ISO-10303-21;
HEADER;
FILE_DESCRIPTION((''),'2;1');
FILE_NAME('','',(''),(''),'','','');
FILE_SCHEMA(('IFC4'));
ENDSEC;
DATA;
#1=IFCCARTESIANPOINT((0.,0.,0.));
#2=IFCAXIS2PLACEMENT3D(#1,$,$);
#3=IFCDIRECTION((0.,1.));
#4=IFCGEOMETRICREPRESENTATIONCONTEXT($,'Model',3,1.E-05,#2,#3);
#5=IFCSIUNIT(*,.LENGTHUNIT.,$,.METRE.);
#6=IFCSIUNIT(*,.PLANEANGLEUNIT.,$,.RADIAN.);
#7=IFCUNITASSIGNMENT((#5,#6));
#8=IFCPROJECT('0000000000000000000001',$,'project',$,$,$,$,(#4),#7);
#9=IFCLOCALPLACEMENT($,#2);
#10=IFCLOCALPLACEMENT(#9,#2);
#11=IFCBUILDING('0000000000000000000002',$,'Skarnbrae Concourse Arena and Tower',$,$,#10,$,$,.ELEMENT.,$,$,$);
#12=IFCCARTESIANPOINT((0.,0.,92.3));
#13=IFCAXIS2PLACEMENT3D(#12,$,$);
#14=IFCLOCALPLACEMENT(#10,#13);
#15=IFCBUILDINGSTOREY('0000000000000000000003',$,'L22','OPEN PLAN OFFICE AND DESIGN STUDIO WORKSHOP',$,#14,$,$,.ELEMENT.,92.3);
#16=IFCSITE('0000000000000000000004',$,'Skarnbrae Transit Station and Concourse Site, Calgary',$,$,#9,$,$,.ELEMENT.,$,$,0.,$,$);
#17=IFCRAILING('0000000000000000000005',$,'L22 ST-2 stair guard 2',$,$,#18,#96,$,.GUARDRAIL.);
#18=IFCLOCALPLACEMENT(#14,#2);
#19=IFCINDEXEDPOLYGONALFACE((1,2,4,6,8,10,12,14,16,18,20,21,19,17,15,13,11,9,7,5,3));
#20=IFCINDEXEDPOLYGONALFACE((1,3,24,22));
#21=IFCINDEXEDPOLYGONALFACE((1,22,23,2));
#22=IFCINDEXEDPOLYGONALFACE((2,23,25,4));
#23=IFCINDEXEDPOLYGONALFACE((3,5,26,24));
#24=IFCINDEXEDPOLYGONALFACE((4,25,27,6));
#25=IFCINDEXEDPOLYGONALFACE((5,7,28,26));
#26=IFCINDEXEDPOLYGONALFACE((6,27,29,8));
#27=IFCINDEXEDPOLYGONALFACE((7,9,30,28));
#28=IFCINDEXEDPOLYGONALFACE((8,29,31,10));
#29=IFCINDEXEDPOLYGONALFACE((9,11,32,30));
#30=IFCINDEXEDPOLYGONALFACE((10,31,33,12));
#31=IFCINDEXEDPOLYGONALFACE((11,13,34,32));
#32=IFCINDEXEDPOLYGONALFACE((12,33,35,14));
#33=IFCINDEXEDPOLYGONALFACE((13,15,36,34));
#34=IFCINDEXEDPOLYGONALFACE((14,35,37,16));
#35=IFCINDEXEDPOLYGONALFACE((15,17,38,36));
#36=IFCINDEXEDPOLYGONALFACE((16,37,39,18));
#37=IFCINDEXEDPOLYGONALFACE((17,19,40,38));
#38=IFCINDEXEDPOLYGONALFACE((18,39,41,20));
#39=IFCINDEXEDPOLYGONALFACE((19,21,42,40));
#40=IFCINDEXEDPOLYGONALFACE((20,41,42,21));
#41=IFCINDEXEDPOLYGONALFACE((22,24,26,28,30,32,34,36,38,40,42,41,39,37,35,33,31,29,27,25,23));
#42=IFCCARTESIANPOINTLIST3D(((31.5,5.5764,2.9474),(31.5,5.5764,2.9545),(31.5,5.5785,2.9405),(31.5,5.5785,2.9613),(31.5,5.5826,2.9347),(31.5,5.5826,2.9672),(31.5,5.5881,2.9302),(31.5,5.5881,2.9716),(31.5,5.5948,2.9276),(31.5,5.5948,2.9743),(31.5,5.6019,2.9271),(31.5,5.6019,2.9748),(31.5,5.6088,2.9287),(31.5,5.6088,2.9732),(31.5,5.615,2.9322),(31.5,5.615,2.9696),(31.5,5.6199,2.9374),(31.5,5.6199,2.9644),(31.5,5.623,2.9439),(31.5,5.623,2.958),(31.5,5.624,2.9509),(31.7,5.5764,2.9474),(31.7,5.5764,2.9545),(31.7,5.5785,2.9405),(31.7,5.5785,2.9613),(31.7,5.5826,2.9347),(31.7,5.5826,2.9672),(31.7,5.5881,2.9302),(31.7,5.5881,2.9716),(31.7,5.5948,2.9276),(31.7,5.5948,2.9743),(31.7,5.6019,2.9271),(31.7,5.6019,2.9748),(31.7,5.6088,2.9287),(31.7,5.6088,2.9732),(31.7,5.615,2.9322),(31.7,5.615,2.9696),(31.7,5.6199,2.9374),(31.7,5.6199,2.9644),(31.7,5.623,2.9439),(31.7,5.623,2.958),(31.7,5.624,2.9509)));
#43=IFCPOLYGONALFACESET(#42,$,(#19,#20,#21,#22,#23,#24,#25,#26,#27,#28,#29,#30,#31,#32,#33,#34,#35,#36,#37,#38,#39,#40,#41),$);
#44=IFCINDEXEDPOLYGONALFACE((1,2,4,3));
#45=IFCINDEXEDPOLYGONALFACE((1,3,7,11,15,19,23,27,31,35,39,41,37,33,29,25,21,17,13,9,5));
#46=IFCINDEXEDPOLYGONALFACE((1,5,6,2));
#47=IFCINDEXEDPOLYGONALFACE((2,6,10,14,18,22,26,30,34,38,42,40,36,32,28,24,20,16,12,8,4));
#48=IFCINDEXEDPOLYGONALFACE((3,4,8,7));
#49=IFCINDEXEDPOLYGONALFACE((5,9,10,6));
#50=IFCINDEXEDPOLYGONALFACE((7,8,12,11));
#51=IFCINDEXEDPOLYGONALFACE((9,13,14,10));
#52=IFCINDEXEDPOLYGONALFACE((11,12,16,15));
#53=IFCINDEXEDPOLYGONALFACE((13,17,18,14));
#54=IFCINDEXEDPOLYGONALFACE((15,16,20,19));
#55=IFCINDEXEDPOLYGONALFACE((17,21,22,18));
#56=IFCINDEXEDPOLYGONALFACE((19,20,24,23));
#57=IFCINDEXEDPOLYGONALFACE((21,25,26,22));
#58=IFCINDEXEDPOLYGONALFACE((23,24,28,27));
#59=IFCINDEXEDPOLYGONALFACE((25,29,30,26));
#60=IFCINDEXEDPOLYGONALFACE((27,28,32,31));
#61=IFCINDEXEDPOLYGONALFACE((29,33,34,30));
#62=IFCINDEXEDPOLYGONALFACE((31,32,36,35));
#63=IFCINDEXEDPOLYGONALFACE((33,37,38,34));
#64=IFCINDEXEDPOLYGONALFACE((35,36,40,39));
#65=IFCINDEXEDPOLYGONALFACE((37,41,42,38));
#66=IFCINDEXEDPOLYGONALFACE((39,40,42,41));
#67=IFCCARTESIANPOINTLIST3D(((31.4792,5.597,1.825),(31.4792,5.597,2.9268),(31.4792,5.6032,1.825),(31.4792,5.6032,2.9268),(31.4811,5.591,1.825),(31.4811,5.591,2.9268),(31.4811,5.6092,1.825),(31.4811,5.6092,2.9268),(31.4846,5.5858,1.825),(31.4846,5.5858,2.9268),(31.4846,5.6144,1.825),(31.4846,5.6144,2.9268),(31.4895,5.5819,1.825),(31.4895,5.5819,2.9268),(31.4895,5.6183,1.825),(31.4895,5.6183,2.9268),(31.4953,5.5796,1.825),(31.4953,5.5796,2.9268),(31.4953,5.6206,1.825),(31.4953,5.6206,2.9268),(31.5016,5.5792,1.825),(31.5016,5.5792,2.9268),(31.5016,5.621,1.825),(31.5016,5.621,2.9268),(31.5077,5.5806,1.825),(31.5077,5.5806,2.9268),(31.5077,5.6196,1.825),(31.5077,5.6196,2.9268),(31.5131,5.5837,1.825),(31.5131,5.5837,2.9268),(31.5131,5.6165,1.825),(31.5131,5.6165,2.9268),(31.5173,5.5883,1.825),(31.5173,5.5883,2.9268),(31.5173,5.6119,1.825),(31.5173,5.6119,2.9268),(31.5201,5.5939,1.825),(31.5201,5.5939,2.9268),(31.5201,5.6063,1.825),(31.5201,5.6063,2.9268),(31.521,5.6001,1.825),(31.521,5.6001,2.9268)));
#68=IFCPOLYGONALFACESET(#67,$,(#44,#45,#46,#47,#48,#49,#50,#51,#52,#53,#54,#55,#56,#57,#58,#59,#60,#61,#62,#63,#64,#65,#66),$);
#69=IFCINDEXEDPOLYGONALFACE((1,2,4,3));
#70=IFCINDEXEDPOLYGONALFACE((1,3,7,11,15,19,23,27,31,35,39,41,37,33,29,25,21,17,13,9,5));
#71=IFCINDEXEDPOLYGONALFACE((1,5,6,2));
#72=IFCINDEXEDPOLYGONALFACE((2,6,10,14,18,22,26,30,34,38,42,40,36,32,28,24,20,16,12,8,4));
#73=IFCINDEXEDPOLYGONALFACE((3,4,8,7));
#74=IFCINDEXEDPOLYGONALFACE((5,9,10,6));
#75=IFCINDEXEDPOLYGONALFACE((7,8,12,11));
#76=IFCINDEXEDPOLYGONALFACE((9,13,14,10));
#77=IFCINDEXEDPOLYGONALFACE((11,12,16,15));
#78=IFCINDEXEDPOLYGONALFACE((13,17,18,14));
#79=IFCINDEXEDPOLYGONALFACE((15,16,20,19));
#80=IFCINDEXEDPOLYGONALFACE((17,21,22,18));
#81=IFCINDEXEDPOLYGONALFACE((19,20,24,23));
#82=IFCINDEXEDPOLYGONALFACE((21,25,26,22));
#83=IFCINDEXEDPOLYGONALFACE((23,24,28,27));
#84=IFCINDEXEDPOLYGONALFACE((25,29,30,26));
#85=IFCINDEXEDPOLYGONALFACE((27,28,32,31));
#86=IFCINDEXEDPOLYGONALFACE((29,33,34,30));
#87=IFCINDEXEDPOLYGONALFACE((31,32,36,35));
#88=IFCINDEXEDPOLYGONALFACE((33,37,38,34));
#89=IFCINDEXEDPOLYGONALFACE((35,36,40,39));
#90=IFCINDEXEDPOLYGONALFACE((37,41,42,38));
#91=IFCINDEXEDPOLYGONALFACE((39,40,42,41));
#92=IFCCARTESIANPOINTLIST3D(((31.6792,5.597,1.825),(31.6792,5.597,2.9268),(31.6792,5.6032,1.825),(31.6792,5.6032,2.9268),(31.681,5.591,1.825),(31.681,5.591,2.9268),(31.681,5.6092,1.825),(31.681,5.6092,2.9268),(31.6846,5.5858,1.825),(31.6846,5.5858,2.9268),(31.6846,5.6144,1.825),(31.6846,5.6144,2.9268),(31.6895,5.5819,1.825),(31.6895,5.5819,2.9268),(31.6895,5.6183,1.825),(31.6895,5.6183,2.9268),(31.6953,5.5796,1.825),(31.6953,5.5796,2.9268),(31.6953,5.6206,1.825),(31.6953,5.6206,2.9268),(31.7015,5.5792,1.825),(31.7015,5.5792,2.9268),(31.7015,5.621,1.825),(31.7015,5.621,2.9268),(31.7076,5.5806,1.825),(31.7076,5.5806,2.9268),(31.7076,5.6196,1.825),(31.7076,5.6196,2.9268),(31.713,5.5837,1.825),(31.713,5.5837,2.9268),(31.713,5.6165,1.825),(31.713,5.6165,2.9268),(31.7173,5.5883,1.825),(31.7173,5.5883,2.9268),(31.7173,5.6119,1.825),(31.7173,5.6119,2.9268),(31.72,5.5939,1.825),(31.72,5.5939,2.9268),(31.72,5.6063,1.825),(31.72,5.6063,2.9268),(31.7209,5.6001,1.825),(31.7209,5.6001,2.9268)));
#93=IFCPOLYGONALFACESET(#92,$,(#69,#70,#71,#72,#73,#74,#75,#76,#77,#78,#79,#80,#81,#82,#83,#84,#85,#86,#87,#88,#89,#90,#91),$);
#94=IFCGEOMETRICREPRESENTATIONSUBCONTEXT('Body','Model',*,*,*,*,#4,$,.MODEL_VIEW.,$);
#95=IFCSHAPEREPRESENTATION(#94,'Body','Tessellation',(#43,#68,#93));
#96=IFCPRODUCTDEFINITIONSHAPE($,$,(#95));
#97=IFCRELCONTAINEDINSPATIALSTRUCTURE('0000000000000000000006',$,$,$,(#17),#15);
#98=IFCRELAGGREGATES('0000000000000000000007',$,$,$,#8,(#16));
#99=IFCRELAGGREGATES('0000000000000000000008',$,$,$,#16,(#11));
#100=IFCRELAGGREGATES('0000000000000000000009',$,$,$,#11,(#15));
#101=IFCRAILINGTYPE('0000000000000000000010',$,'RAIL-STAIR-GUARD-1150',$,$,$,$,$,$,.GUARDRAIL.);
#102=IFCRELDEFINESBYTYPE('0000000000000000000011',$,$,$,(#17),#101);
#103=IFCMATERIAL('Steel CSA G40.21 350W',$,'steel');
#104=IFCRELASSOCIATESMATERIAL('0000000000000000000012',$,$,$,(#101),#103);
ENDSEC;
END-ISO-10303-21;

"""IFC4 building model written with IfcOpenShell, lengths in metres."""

from ifc_helpers import new_model, si_unit, direction, frame, origin, origin_2d, place, context, subcontext, project, spatial, circle, extrude, material, type_object, element, save


model = new_model("IFC4")

# Units and contexts
model_context = context("Model", 3, precision=1e-05, world=origin(), true_north=direction((0.0, 1.0)))
body_context = subcontext(model_context, "Body", "Model", "MODEL_VIEW")
ifc_project = project(units=[si_unit("LENGTHUNIT", "METRE"), si_unit("PLANEANGLEUNIT", "RADIAN")], contexts=[model_context])

# Site, building, storey
site_placement = place(None, origin())
site = spatial("IfcSite", under=ifc_project, at=site_placement, Name="Skarnbrae Transit Station and Concourse Site, Calgary", CompositionType="ELEMENT", RefElevation=0.0)
building_placement = place(site_placement, origin())
building = spatial("IfcBuilding", under=site, at=building_placement, Name="Skarnbrae Concourse Arena and Tower", CompositionType="ELEMENT")
storey_placement = place(building_placement, frame((0.0, 0.0, 92.3)))
storey = spatial("IfcBuildingStorey", under=building, at=storey_placement, Name="L22", Description="OPEN PLAN OFFICE AND DESIGN STUDIO WORKSHOP", CompositionType="ELEMENT", Elevation=92.3)

# Shared definitions
ifc_material_1 = material(Name="Steel CSA G40.21 350W", Category="steel")

# Railing
railing_type_1 = type_object("IfcRailingType", Name="RAIL-STAIR-GUARD-1150", PredefinedType="GUARDRAIL", material=ifc_material_1)
railing_1_placement = place(storey_placement, frame((31.5, 5.6001, 1.825)))
element("IfcRailing", 1, at=railing_1_placement, inside=storey, type_object=railing_type_1, Name="L22 ST-2 stair guard 2", PredefinedType="GUARDRAIL", context=body_context, shape_type="SweptSolid", body=[
    extrude(circle(Radius=0.0239, at=origin_2d()), frame((0.0, 0.0, 1.126), z_axis=(1.0, 0.0, 0.0), x_axis=(0.0, 1.0, 0.0)), (0.0, 0.0, 1.0), 0.2),
    extrude(circle(Radius=0.021, at=origin_2d()), origin(), (0.0, 0.0, 1.0), 1.1018),
    extrude(circle(Radius=0.021, at=origin_2d()), frame((0.2, 0.0, 0.0)), (0.0, 0.0, 1.0), 1.1018),
])

save(model, "model.ifc")
